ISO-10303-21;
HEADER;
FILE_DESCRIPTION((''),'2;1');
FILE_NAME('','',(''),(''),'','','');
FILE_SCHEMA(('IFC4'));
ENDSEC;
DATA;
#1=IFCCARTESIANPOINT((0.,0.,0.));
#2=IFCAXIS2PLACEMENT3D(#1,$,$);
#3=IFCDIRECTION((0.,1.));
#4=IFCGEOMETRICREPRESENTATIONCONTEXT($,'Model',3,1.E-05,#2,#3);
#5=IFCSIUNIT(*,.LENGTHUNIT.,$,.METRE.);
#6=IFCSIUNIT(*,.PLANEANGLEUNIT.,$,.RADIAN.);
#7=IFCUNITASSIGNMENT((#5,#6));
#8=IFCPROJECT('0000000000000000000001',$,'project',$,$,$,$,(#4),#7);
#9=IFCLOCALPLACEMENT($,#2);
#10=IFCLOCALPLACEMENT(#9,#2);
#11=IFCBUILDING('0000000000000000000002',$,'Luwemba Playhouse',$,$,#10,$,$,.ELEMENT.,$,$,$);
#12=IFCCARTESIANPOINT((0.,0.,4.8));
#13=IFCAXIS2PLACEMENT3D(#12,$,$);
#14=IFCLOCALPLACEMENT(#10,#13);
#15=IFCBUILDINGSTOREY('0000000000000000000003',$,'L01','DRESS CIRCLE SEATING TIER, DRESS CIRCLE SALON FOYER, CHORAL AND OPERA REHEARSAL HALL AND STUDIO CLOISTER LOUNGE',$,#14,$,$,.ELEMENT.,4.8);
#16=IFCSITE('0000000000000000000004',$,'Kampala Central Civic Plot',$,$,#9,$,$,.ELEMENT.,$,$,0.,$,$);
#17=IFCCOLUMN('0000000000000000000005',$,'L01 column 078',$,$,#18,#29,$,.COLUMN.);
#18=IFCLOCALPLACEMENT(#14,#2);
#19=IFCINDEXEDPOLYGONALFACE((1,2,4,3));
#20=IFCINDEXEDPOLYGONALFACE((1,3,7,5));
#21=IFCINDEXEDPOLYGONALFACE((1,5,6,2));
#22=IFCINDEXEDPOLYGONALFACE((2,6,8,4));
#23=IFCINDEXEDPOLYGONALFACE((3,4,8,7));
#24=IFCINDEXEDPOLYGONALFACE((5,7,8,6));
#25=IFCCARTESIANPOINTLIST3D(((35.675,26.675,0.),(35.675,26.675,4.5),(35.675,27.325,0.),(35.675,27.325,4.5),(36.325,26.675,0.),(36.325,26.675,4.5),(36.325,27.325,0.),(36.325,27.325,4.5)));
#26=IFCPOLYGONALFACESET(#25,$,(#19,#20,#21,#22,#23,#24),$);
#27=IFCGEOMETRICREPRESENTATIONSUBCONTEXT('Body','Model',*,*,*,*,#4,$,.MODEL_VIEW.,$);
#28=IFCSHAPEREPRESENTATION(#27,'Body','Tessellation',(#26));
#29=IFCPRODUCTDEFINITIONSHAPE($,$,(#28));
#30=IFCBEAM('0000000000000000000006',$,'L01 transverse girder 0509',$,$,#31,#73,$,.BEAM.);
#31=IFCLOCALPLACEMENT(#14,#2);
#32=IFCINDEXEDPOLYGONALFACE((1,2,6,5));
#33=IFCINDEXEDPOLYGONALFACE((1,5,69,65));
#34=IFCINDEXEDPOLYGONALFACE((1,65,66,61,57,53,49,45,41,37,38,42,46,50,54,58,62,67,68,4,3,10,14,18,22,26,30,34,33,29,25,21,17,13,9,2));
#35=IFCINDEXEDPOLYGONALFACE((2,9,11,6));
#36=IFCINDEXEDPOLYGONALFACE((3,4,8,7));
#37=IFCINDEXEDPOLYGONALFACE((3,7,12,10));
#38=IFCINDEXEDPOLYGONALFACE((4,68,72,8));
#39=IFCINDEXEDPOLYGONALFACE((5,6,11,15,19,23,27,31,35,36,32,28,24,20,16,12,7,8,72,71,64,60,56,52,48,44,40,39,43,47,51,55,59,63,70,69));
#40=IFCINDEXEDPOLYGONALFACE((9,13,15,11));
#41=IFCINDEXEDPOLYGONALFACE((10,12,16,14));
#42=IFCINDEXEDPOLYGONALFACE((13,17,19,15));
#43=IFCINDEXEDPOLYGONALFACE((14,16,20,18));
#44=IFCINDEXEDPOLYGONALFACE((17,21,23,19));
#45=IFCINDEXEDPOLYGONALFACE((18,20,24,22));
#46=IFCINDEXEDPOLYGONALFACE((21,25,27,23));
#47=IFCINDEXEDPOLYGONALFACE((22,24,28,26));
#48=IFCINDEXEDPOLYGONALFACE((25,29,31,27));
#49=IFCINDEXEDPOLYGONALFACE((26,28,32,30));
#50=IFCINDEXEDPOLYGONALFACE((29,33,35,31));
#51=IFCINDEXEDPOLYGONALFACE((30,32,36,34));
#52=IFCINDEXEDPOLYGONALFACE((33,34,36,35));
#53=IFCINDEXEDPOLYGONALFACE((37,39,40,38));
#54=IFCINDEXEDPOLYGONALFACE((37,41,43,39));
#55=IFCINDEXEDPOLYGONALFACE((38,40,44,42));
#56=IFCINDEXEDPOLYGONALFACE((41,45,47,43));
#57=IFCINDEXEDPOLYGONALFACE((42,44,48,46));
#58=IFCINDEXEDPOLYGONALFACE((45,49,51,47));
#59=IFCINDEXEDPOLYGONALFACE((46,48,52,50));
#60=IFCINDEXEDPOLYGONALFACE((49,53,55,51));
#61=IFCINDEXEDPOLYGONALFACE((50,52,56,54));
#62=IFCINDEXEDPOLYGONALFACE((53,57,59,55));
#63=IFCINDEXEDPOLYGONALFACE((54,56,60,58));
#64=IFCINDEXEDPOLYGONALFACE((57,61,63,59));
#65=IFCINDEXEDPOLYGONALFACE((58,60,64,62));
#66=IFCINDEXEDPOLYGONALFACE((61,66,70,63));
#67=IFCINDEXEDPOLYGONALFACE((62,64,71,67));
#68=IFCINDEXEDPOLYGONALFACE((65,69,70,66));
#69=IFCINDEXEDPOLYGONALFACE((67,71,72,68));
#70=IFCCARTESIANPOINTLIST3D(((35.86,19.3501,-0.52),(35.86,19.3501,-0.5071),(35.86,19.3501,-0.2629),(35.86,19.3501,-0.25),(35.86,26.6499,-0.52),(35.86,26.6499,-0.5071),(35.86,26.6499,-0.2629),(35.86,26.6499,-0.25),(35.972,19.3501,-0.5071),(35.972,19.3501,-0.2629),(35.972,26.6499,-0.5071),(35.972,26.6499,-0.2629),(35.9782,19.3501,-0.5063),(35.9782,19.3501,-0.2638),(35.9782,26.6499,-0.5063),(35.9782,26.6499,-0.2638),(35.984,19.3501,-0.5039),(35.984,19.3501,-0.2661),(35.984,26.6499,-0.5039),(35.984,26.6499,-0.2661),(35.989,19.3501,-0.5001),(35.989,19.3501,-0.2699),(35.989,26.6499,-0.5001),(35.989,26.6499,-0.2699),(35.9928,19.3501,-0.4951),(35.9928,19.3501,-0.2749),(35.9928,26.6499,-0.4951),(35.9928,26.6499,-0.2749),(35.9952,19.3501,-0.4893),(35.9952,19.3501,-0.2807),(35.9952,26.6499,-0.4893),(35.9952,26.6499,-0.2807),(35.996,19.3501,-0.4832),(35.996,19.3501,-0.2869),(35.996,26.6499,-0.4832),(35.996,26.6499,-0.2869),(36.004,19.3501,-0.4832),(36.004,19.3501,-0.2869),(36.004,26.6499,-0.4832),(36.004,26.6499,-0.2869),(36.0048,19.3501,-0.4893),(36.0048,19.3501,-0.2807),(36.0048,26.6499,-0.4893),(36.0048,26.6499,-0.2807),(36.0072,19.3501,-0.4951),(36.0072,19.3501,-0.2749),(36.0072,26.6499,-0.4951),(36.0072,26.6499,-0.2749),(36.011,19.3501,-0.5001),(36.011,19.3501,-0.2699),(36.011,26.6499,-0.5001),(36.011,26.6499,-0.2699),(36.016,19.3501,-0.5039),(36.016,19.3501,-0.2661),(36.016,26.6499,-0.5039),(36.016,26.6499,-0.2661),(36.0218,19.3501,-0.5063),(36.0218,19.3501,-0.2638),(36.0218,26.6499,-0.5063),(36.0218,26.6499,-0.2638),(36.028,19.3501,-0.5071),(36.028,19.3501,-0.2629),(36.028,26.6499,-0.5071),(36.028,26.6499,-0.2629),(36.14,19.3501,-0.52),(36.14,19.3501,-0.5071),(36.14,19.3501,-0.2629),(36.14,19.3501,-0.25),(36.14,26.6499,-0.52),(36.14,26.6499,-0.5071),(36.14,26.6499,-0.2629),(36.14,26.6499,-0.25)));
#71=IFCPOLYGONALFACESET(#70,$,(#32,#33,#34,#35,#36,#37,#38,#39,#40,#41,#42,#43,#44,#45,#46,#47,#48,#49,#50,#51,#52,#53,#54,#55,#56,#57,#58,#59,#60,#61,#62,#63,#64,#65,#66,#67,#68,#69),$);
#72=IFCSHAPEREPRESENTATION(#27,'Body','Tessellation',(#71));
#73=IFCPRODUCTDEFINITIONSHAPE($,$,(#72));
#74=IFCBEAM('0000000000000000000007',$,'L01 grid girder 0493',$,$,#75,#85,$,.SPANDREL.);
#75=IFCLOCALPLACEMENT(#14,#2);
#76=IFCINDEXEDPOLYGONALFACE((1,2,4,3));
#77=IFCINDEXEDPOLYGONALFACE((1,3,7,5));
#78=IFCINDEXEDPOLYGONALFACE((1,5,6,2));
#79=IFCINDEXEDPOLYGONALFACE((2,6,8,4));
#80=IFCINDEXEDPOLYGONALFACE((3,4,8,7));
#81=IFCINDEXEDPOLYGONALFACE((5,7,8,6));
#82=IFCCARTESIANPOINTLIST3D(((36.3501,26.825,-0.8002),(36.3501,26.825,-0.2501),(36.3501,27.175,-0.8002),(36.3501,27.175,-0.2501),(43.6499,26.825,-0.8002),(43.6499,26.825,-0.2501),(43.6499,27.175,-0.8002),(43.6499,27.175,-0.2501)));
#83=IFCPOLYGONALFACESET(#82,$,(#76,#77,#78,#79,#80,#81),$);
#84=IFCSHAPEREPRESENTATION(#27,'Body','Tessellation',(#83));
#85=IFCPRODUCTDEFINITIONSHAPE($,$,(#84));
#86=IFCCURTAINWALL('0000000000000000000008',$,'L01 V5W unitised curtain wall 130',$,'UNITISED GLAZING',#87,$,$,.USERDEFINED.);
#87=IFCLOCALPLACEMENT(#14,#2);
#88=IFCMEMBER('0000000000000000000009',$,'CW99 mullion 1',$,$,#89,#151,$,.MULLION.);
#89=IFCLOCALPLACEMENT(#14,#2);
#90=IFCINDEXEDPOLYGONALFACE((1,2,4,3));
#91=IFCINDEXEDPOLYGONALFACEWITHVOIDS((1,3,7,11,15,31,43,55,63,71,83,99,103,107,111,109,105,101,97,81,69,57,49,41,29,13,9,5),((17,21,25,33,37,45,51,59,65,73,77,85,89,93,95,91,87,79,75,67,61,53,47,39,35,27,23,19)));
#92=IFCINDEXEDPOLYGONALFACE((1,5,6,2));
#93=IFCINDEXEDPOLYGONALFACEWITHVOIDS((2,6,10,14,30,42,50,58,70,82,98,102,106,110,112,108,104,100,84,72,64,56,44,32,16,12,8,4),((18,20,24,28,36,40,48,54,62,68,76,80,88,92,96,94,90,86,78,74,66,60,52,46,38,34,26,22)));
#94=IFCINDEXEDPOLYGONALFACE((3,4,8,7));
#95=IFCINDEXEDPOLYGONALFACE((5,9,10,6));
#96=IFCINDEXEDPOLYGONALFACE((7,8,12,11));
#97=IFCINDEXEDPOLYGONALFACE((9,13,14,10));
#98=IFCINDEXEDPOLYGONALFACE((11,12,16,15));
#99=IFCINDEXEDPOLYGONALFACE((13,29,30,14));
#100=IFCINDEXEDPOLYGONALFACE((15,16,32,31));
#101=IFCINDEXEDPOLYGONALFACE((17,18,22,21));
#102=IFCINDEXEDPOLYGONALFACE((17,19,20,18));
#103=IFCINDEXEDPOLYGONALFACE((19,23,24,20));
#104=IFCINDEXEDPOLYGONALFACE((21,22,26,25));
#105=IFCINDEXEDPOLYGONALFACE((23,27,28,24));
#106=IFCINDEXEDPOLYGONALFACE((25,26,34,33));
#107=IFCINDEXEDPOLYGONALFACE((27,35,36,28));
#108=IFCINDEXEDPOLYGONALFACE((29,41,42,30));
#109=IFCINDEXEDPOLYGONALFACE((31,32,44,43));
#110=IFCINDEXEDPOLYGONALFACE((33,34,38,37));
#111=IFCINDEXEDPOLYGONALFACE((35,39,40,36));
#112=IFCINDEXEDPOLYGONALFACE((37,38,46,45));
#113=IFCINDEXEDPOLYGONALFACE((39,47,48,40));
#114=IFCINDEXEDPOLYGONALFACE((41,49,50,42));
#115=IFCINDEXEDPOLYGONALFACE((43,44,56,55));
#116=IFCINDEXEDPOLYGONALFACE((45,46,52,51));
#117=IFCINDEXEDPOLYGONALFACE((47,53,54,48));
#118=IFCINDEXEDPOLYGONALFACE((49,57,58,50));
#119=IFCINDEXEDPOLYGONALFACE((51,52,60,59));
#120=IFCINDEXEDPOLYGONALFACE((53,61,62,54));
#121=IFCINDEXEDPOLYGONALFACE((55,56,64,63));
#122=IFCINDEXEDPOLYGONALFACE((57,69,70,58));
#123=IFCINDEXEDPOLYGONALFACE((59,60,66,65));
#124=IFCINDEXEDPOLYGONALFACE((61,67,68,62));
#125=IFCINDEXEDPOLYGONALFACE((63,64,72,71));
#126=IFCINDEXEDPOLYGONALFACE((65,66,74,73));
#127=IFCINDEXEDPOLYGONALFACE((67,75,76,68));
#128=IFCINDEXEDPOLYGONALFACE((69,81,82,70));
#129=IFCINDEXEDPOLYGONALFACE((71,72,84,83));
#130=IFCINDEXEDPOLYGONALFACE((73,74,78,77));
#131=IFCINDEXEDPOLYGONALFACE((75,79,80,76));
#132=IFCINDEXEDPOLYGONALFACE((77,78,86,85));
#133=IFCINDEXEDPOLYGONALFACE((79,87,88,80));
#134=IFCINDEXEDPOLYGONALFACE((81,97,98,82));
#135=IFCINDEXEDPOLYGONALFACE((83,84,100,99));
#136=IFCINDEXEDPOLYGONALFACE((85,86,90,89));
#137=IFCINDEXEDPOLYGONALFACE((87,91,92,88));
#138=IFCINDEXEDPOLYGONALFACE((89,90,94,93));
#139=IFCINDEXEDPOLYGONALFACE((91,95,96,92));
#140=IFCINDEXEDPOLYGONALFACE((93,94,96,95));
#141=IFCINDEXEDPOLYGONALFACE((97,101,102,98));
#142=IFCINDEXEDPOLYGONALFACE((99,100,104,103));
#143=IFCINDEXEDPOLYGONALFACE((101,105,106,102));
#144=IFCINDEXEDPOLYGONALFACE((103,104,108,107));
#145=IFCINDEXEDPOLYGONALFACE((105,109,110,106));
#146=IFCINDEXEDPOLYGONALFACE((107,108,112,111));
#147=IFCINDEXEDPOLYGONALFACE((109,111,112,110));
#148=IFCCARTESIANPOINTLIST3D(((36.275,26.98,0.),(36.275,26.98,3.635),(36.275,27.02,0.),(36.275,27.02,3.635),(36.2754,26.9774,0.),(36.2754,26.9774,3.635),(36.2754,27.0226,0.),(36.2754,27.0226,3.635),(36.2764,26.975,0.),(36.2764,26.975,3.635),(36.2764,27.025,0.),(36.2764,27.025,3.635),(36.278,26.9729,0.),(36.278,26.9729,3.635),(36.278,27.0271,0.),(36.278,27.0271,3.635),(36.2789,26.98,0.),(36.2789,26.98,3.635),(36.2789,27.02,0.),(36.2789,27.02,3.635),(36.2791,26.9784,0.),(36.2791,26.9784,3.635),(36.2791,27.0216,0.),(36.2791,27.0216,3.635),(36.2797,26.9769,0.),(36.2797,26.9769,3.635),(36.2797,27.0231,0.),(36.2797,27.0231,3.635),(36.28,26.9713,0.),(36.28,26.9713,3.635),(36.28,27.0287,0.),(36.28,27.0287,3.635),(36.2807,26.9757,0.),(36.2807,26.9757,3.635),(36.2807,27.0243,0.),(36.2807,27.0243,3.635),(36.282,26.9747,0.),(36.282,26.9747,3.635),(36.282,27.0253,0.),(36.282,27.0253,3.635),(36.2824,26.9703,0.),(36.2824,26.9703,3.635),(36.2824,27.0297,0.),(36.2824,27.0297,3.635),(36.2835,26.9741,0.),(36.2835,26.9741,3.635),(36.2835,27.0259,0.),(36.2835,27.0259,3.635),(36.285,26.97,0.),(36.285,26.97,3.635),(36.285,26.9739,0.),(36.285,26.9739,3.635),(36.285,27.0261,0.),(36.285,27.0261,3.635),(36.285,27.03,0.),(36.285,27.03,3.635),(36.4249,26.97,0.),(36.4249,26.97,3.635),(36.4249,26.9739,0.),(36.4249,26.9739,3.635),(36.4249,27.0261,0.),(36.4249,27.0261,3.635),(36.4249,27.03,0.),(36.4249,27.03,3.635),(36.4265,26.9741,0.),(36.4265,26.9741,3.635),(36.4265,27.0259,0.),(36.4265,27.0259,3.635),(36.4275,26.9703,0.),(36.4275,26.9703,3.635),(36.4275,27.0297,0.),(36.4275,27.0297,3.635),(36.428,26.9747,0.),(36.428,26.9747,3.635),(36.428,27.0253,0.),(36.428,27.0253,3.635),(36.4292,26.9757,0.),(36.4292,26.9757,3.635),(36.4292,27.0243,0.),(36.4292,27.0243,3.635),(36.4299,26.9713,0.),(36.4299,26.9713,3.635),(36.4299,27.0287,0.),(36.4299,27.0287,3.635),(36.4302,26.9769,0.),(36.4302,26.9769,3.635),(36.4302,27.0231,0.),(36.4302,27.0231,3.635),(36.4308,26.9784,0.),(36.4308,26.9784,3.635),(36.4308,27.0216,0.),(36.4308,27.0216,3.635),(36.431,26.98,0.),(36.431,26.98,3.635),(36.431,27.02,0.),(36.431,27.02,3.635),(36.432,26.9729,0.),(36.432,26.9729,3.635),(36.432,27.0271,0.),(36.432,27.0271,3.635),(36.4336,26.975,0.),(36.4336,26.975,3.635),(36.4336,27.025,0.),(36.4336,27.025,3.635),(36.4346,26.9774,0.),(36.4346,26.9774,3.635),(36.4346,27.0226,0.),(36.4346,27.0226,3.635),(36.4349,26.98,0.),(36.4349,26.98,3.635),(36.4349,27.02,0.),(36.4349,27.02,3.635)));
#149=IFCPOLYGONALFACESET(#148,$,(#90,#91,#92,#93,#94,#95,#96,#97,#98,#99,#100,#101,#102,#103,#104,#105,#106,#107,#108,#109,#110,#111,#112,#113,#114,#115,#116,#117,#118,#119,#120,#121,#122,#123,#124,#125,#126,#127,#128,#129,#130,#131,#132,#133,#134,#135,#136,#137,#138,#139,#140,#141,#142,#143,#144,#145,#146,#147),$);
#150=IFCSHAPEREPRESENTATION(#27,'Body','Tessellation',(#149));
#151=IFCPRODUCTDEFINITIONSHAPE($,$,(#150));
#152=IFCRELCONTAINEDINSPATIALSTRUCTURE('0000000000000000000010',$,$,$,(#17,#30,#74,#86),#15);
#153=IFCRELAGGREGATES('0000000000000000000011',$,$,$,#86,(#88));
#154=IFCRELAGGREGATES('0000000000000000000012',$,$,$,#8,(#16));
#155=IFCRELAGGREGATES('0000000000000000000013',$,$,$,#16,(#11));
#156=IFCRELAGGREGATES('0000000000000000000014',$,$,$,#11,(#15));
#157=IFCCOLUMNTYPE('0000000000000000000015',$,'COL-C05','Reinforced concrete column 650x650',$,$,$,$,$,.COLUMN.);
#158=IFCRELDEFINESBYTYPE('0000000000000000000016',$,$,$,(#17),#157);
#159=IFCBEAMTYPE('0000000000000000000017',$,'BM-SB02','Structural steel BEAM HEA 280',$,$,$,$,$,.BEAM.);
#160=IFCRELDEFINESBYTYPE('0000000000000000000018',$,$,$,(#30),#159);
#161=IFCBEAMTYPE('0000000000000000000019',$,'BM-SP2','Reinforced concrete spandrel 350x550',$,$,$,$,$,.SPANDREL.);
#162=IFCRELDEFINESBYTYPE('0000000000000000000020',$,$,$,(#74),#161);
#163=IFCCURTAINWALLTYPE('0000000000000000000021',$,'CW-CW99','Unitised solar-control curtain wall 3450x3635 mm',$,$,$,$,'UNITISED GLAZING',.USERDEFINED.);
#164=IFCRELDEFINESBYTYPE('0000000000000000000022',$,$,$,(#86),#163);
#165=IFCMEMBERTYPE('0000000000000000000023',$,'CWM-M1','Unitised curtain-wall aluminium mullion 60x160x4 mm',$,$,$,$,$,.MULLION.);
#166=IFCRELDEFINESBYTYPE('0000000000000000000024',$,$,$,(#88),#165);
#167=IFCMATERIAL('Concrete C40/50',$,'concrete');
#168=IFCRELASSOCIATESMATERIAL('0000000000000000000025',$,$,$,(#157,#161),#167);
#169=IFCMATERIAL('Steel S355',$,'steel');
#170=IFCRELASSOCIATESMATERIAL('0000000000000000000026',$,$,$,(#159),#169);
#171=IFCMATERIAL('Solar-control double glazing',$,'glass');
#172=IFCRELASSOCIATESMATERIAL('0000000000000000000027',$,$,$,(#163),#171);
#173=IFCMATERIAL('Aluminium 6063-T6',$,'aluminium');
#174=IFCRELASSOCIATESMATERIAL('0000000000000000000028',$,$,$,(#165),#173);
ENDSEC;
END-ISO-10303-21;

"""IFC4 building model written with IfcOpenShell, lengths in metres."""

from ifc_helpers import new_model, si_unit, direction, frame, origin, origin_2d, place, context, subcontext, project, spatial, rectangle, hollow_rectangle, i_section, extrude, material, material_profile, profile_set, type_object, element, aggregate, save


model = new_model("IFC4")

# Units and contexts
model_context = context("Model", 3, precision=1e-05, world=origin(), true_north=direction((0.0, 1.0)))
body_context = subcontext(model_context, "Body", "Model", "MODEL_VIEW")
ifc_project = project(units=[si_unit("LENGTHUNIT", "METRE"), si_unit("PLANEANGLEUNIT", "RADIAN")], contexts=[model_context])

# Site, building, storey
site_placement = place(None, origin())
site = spatial("IfcSite", under=ifc_project, at=site_placement, Name="Kampala Central Civic Plot", CompositionType="ELEMENT", RefElevation=0.0)
building_placement = place(site_placement, origin())
building = spatial("IfcBuilding", under=site, at=building_placement, Name="Luwemba Playhouse", CompositionType="ELEMENT")
storey_placement = place(building_placement, frame((0.0, 0.0, 4.8)))
storey = spatial("IfcBuildingStorey", under=building, at=storey_placement, Name="L01", Description="DRESS CIRCLE SEATING TIER, DRESS CIRCLE SALON FOYER, CHORAL AND OPERA REHEARSAL HALL AND STUDIO CLOISTER LOUNGE", CompositionType="ELEMENT", Elevation=4.8)

# Column
ifc_material_1 = material(Name="Concrete C40/50", Category="concrete")
ifc_material_profile_1 = material_profile(ifc_material_1, rectangle(XDim=0.6499, YDim=0.6499, at=origin_2d()))
ifc_profile_set_1 = profile_set([ifc_material_profile_1], Name="Concrete C40/50")
column_type = type_object("IfcColumnType", Name="COL-C05", Description="Reinforced concrete column 650x650", PredefinedType="COLUMN", material=ifc_profile_set_1)
column_placement = place(storey_placement, frame((36.0, 27.0, 0.0), z_axis=(0.0, 0.0, 1.0), x_axis=(1.0, 0.0, 0.0)))
element("IfcColumn", 1, at=column_placement, inside=storey, type_object=column_type, Name="L01 column 078", PredefinedType="COLUMN", context=body_context, shape_type="SweptSolid", body=[
    extrude(rectangle(XDim=0.6499, YDim=0.6499, at=origin_2d()), origin(), (0.0, 0.0, 1.0), 4.5),
])

# Beams
ifc_material_2 = material(Name="Steel S355", Category="steel")
ifc_material_profile_2 = material_profile(ifc_material_2, i_section(OverallWidth=0.28, OverallDepth=0.27, WebThickness=0.0081, FlangeThickness=0.0129, FilletRadius=0.0239, at=origin_2d()))
ifc_profile_set_2 = profile_set([ifc_material_profile_2], Name="Steel S355")
beam_type_1 = type_object("IfcBeamType", Name="BM-SB02", Description="Structural steel BEAM HEA 280", PredefinedType="BEAM", material=ifc_profile_set_2)
beam_1_placement = place(storey_placement, frame((36.0, 19.3501, -0.385), z_axis=(0.0, 1.0, 0.0), x_axis=(-1.0, 0.0, 0.0)))
element("IfcBeam", 2, at=beam_1_placement, inside=storey, type_object=beam_type_1, Name="L01 transverse girder 0509", PredefinedType="BEAM", context=body_context, shape_type="SweptSolid", body=[
    extrude(i_section(OverallWidth=0.28, OverallDepth=0.27, WebThickness=0.0081, FlangeThickness=0.0129, FilletRadius=0.0239, at=origin_2d()), origin(), (0.0, 0.0, 1.0), 7.2998),
])
ifc_material_profile_3 = material_profile(ifc_material_1, rectangle(XDim=0.3501, YDim=0.55, at=origin_2d()))
ifc_profile_set_3 = profile_set([ifc_material_profile_3], Name="Concrete C40/50")
beam_type_2 = type_object("IfcBeamType", Name="BM-SP2", Description="Reinforced concrete spandrel 350x550", PredefinedType="SPANDREL", material=ifc_profile_set_3)
beam_2_placement = place(storey_placement, frame((36.3501, 27.0, -0.5251), z_axis=(1.0, 0.0, 0.0), x_axis=(0.0, 1.0, 0.0)))
element("IfcBeam", 3, at=beam_2_placement, inside=storey, type_object=beam_type_2, Name="L01 grid girder 0493", PredefinedType="SPANDREL", context=body_context, shape_type="SweptSolid", body=[
    extrude(rectangle(XDim=0.3501, YDim=0.55, at=origin_2d()), origin(), (0.0, 0.0, 1.0), 7.2998),
])

# Curtain wall, member
ifc_material_3 = material(Name="Solar-control double glazing", Category="glass")
curtain_wall_type_1 = type_object("IfcCurtainWallType", Name="CW-CW99", Description="Unitised solar-control curtain wall 3450x3635 mm", ElementType="UNITISED GLAZING", PredefinedType="USERDEFINED", material=ifc_material_3)
curtain_wall_1_placement = place(storey_placement, origin())
curtain_wall_1 = element("IfcCurtainWall", 4, at=curtain_wall_1_placement, inside=storey, type_object=curtain_wall_type_1, Name="L01 V5W unitised curtain wall 130", ObjectType="UNITISED GLAZING", PredefinedType="USERDEFINED")
ifc_material_4 = material(Name="Aluminium 6063-T6", Category="aluminium")
ifc_material_profile_4 = material_profile(ifc_material_4, hollow_rectangle(XDim=0.0601, YDim=0.1599, WallThickness=0.0039, InnerFilletRadius=0.0061, OuterFilletRadius=0.01, at=origin_2d()))
ifc_profile_set_4 = profile_set([ifc_material_profile_4], Name="Aluminium 6063-T6")
member_type_1 = type_object("IfcMemberType", Name="CWM-M1", Description="Unitised curtain-wall aluminium mullion 60x160x4 mm", PredefinedType="MULLION", material=ifc_profile_set_4)
member_1_placement = place(storey_placement, frame((36.355, 27.0, 0.0), z_axis=(0.0, 0.0, 1.0), x_axis=(0.0, 1.0, 0.0)))
member_1 = element("IfcMember", 5, at=member_1_placement, type_object=member_type_1, Name="CW99 mullion 1", PredefinedType="MULLION", context=body_context, shape_type="SweptSolid", body=[
    extrude(hollow_rectangle(XDim=0.0601, YDim=0.1599, WallThickness=0.0039, InnerFilletRadius=0.0061, OuterFilletRadius=0.01, at=origin_2d()), origin(), (0.0, 0.0, 1.0), 3.635),
])

aggregate(curtain_wall_1, [member_1])

save(model, "model.ifc")
